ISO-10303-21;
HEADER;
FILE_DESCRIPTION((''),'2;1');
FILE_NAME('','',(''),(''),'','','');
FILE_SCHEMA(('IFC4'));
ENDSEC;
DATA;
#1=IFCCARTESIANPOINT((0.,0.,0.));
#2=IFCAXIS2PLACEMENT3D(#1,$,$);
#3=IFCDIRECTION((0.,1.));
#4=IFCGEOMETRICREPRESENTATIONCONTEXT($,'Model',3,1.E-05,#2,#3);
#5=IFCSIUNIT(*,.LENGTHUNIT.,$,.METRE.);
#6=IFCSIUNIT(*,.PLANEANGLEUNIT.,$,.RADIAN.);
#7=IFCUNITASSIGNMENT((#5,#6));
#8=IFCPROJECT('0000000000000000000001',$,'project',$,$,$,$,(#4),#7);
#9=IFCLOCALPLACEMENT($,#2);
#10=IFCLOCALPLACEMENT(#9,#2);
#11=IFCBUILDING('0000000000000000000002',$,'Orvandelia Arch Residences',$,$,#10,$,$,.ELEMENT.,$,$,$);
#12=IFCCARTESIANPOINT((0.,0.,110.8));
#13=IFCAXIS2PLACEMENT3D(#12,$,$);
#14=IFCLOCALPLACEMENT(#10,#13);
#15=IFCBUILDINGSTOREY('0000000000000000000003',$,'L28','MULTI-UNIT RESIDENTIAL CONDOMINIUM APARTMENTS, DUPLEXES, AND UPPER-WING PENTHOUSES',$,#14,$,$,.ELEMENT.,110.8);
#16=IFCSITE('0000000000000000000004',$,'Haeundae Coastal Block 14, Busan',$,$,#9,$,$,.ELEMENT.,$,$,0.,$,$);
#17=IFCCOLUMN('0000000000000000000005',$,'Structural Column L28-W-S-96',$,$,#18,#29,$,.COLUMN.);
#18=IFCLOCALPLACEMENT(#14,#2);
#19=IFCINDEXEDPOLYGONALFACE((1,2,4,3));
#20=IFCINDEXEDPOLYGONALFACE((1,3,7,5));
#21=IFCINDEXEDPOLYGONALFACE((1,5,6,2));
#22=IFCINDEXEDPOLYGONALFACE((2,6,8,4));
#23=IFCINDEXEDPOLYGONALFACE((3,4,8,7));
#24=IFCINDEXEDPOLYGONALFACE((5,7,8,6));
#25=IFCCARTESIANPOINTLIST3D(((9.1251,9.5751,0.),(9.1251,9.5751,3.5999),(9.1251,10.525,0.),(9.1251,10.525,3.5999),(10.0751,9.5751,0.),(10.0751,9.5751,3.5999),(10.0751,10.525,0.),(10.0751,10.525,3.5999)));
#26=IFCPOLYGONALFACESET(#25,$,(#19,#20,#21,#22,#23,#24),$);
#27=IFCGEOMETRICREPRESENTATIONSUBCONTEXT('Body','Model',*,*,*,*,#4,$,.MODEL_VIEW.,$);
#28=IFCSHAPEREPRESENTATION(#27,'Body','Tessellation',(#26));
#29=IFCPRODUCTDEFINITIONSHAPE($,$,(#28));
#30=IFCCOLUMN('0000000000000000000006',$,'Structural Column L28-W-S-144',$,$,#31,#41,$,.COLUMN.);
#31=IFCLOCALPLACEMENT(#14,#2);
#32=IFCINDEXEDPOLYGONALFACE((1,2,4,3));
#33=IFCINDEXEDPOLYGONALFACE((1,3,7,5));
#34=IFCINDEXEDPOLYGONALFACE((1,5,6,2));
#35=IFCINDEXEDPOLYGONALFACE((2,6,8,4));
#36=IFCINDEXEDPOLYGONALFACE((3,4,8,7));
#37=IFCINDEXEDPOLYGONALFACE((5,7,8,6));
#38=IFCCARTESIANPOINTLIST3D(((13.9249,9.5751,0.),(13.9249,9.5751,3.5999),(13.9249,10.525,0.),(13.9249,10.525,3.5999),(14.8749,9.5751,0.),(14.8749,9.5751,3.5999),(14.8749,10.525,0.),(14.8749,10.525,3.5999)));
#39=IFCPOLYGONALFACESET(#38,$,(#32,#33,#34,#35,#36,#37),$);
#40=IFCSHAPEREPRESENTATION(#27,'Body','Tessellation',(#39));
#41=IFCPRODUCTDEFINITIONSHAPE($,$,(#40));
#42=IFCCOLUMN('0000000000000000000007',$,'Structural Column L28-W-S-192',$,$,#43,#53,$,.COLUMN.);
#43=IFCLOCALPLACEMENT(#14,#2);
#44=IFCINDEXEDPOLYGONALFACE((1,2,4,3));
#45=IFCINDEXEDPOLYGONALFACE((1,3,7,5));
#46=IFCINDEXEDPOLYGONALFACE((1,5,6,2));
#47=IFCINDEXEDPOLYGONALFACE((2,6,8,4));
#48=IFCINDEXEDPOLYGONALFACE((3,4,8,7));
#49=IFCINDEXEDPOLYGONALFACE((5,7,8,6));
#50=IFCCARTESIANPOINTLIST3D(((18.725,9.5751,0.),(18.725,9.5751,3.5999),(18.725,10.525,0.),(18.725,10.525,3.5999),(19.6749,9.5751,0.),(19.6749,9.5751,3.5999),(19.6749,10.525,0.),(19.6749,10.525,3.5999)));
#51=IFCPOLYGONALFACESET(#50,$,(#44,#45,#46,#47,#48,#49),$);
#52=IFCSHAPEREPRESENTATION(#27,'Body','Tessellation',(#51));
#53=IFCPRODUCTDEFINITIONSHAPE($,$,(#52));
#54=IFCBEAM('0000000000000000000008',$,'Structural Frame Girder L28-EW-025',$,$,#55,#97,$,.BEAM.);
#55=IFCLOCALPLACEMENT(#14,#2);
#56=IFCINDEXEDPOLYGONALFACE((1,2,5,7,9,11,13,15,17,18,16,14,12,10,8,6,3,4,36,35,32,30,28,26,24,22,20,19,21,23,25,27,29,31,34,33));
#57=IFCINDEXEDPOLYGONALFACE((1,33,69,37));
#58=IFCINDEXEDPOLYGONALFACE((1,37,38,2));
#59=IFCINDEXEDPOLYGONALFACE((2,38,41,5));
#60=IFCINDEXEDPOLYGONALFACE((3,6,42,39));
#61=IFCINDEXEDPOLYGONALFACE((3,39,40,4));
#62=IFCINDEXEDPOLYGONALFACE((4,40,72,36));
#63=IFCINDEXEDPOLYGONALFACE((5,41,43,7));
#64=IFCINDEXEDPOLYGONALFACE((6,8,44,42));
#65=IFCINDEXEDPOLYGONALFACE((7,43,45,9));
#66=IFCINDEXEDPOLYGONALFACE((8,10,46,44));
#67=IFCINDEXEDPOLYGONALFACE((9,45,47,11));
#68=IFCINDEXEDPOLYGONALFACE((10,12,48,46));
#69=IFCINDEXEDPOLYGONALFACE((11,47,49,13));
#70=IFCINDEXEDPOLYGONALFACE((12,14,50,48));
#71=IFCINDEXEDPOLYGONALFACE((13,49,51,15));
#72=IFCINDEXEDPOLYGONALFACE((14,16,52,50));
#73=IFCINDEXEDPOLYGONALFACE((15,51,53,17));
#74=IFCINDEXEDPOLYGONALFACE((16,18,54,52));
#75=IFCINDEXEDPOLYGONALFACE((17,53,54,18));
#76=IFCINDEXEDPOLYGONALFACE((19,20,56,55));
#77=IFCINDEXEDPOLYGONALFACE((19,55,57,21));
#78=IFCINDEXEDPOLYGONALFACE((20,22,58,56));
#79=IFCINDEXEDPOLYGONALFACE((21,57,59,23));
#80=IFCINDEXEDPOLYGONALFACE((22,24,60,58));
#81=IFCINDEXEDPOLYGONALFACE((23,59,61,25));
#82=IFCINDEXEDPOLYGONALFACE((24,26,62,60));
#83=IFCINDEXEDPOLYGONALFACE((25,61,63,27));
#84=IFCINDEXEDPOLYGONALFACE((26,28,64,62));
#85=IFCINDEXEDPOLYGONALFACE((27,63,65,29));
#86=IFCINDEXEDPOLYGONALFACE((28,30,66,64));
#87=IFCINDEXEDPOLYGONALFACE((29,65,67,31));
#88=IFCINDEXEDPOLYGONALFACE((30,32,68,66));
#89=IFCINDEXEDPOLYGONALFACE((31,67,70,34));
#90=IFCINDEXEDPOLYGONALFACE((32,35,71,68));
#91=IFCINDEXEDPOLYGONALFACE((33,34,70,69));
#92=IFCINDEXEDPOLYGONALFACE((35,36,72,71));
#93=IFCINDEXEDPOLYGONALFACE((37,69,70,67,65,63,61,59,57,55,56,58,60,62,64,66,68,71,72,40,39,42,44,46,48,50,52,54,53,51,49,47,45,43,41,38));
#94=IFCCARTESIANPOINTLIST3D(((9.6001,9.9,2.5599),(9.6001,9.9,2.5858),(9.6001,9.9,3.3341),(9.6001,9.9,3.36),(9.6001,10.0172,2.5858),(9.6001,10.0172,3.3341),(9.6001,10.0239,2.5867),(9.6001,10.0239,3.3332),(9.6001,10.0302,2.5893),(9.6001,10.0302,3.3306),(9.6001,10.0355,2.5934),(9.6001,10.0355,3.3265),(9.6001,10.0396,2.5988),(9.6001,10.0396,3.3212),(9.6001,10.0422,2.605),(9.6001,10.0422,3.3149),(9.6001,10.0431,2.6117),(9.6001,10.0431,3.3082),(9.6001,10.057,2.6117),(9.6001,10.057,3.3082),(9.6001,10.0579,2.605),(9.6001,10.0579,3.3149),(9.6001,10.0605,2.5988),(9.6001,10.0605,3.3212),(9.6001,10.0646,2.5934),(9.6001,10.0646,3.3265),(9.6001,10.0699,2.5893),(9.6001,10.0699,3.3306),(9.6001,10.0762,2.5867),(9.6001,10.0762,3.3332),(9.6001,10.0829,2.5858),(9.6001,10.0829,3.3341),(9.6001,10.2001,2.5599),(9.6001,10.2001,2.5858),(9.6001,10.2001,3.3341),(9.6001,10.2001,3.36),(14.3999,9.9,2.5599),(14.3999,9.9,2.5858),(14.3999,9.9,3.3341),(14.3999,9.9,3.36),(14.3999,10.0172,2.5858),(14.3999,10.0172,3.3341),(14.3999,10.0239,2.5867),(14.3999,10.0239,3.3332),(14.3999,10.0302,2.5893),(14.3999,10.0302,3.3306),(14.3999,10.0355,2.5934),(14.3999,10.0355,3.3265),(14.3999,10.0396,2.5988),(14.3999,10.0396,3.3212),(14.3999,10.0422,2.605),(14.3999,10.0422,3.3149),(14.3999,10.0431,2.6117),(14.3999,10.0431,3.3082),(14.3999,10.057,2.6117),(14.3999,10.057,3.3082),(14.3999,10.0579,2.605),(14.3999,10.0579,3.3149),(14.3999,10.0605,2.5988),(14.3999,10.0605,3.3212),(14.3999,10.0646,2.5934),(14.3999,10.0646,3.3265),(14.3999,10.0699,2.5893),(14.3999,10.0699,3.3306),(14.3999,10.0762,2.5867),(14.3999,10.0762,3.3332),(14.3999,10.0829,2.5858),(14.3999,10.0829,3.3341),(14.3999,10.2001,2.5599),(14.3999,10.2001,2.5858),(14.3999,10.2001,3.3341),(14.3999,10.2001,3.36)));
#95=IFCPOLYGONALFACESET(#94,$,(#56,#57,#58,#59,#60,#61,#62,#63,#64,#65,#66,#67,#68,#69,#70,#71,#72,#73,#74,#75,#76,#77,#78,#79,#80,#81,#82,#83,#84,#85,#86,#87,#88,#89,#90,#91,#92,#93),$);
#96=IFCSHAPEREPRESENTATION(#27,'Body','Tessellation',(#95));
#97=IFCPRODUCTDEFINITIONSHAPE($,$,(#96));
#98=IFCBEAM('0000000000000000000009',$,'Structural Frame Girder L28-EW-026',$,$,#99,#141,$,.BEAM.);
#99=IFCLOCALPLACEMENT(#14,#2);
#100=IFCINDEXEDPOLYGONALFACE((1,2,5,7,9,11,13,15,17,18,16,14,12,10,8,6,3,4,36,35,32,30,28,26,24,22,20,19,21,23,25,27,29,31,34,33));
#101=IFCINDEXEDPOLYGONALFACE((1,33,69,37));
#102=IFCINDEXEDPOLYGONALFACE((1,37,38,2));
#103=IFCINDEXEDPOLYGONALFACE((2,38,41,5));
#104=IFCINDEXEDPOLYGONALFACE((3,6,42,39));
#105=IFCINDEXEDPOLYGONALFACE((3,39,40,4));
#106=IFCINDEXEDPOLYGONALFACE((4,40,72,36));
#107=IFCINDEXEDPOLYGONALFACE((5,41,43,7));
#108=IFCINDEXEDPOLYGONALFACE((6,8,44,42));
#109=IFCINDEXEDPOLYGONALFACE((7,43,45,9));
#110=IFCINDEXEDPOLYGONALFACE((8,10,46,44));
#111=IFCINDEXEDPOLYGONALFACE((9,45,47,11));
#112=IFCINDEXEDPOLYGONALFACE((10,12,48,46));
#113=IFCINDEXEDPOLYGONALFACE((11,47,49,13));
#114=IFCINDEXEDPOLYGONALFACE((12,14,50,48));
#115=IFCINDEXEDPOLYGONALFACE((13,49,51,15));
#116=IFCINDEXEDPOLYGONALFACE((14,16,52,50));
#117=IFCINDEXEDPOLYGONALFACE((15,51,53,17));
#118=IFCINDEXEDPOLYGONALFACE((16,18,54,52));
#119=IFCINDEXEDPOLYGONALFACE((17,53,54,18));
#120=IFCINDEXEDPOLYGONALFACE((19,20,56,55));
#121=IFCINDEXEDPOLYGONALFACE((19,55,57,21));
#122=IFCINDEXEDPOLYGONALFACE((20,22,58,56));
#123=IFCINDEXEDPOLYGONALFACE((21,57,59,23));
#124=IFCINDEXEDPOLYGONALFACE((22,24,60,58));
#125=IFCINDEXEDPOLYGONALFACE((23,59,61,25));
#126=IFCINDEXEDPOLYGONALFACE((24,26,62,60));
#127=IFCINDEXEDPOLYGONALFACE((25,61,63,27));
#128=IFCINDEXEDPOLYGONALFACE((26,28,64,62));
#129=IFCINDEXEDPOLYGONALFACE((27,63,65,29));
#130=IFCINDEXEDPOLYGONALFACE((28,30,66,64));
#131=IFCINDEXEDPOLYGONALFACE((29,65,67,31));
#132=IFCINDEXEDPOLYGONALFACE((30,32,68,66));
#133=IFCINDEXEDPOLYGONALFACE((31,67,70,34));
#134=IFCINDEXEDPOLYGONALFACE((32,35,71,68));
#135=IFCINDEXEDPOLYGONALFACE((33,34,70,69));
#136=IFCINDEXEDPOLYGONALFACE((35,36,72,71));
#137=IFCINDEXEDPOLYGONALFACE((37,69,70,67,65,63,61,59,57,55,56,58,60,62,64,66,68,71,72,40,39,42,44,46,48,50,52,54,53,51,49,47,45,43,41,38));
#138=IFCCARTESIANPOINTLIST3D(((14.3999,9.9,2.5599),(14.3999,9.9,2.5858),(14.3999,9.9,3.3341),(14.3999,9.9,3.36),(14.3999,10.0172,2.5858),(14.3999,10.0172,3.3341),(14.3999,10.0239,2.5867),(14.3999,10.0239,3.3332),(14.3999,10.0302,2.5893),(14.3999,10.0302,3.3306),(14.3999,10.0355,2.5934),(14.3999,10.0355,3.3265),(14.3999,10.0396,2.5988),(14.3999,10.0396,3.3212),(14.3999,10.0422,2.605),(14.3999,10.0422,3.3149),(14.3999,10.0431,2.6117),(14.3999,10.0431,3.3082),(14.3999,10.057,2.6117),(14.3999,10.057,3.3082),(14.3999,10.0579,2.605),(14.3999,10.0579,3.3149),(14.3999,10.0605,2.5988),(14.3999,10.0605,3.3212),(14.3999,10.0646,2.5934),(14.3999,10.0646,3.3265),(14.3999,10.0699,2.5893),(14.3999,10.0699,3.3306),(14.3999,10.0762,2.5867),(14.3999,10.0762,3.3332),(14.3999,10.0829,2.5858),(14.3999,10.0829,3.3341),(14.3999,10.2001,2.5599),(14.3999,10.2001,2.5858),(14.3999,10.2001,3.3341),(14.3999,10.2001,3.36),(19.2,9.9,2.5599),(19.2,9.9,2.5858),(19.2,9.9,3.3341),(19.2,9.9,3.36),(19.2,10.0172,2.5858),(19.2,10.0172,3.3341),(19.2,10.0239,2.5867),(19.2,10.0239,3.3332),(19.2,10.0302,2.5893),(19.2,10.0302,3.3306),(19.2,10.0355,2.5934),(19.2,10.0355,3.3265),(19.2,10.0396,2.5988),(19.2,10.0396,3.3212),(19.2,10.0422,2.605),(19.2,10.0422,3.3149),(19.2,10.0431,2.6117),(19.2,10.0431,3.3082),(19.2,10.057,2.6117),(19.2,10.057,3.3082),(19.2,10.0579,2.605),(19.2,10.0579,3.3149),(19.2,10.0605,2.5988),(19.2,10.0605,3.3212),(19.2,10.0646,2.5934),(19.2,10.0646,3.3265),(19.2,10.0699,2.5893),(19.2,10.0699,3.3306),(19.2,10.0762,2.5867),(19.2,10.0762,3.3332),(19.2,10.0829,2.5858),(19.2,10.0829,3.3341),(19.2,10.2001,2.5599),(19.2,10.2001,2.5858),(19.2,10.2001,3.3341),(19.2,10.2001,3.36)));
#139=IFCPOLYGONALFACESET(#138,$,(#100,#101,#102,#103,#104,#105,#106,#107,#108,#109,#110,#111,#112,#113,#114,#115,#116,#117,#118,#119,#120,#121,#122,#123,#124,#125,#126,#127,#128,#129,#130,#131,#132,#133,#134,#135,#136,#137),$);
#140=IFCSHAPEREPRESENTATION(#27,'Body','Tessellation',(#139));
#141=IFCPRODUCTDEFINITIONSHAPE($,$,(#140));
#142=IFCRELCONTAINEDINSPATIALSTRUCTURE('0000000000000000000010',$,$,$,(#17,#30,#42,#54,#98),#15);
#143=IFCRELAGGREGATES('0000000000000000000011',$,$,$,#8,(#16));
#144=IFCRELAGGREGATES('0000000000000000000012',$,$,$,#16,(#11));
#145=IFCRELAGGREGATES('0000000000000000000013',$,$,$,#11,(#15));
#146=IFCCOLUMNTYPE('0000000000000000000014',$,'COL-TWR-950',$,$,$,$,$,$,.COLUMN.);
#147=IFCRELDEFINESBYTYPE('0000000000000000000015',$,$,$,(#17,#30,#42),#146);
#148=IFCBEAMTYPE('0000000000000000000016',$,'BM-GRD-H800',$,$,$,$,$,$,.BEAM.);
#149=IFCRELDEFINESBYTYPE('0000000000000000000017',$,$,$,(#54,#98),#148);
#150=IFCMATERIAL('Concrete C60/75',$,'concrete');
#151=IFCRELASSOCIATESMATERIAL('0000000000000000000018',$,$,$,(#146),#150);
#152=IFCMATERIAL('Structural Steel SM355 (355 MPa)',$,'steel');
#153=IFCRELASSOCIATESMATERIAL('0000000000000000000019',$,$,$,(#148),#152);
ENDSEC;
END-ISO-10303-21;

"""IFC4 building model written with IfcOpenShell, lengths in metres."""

from ifc_helpers import new_model, si_unit, direction, frame, origin, origin_2d, place, context, subcontext, project, spatial, rectangle, i_section, extrude, material, material_profile, profile_set, type_object, element, save


model = new_model("IFC4")

# Units and contexts
model_context = context("Model", 3, precision=1e-05, world=origin(), true_north=direction((0.0, 1.0)))
body_context = subcontext(model_context, "Body", "Model", "MODEL_VIEW")
ifc_project = project(units=[si_unit("LENGTHUNIT", "METRE"), si_unit("PLANEANGLEUNIT", "RADIAN")], contexts=[model_context])

# Site, building, storey
site_placement = place(None, origin())
site = spatial("IfcSite", under=ifc_project, at=site_placement, Name="Haeundae Coastal Block 14, Busan", CompositionType="ELEMENT", RefElevation=0.0)
building_placement = place(site_placement, origin())
building = spatial("IfcBuilding", under=site, at=building_placement, Name="Orvandelia Arch Residences", CompositionType="ELEMENT")
storey_placement = place(building_placement, frame((0.0, 0.0, 110.8)))
storey = spatial("IfcBuildingStorey", under=building, at=storey_placement, Name="L28", Description="MULTI-UNIT RESIDENTIAL CONDOMINIUM APARTMENTS, DUPLEXES, AND UPPER-WING PENTHOUSES", CompositionType="ELEMENT", Elevation=110.8)

# Columns
ifc_material_1 = material(Name="Concrete C60/75", Category="concrete")
ifc_material_profile_1 = material_profile(ifc_material_1, rectangle(XDim=0.95, YDim=0.95, at=origin_2d()), Name="Concrete C60/75", Category="concrete")
ifc_profile_set_1 = profile_set([ifc_material_profile_1], Name="Concrete C60/75")
column_type = type_object("IfcColumnType", Name="COL-TWR-950", PredefinedType="COLUMN", material=ifc_profile_set_1)
for number, where, z_axis, x_axis, name in (
    (1, (9.6001, 10.05, 0.0), (0.0, 0.0, 1.0), (1.0, 0.0, 0.0), "Structural Column L28-W-S-96"),
    (2, (14.3999, 10.05, 0.0), (0.0, 0.0, 1.0), (1.0, 0.0, 0.0), "Structural Column L28-W-S-144"),
    (3, (19.2, 10.05, 0.0), (0.0, 0.0, 1.0), (1.0, 0.0, 0.0), "Structural Column L28-W-S-192"),
):
    element("IfcColumn", number, at=place(storey_placement, frame(where, z_axis=z_axis, x_axis=x_axis)), inside=storey, type_object=column_type, Name=name, PredefinedType="COLUMN", context=body_context, shape_type="SweptSolid", body=[
        extrude(rectangle(XDim=0.95, YDim=0.95, at=origin_2d()), origin(), (0.0, 0.0, 1.0), 3.5999),
    ])

# Beams
ifc_material_2 = material(Name="Structural Steel SM355 (355 MPa)", Category="steel")
ifc_material_profile_2 = material_profile(ifc_material_2, i_section(OverallWidth=0.3, OverallDepth=0.8, WebThickness=0.0139, FlangeThickness=0.0259, FilletRadius=0.0259, at=origin_2d()), Name="Structural Steel SM355 (355 MPa)", Category="steel")
ifc_profile_set_2 = profile_set([ifc_material_profile_2], Name="Structural Steel SM355 (355 MPa)")
beam_type = type_object("IfcBeamType", Name="BM-GRD-H800", PredefinedType="BEAM", material=ifc_profile_set_2)
beam_1_placement = place(storey_placement, frame((9.6001, 10.05, 2.96), z_axis=(1.0, 0.0, 0.0), x_axis=(0.0, 1.0, 0.0)))
element("IfcBeam", 4, at=beam_1_placement, inside=storey, type_object=beam_type, Name="Structural Frame Girder L28-EW-025", PredefinedType="BEAM", context=body_context, shape_type="SweptSolid", body=[
    extrude(i_section(OverallWidth=0.3, OverallDepth=0.8, WebThickness=0.0139, FlangeThickness=0.0259, FilletRadius=0.0259, at=origin_2d()), origin(), (0.0, 0.0, 1.0), 4.7998),
])
beam_2_placement = place(storey_placement, frame((14.3999, 10.05, 2.96), z_axis=(1.0, 0.0, 0.0), x_axis=(0.0, 1.0, 0.0)))
element("IfcBeam", 5, at=beam_2_placement, inside=storey, type_object=beam_type, Name="Structural Frame Girder L28-EW-026", PredefinedType="BEAM", context=body_context, shape_type="SweptSolid", body=[
    extrude(i_section(OverallWidth=0.3, OverallDepth=0.8, WebThickness=0.0139, FlangeThickness=0.0259, FilletRadius=0.0259, at=origin_2d()), origin(), (0.0, 0.0, 1.0), 4.8),
])

save(model, "model.ifc")
